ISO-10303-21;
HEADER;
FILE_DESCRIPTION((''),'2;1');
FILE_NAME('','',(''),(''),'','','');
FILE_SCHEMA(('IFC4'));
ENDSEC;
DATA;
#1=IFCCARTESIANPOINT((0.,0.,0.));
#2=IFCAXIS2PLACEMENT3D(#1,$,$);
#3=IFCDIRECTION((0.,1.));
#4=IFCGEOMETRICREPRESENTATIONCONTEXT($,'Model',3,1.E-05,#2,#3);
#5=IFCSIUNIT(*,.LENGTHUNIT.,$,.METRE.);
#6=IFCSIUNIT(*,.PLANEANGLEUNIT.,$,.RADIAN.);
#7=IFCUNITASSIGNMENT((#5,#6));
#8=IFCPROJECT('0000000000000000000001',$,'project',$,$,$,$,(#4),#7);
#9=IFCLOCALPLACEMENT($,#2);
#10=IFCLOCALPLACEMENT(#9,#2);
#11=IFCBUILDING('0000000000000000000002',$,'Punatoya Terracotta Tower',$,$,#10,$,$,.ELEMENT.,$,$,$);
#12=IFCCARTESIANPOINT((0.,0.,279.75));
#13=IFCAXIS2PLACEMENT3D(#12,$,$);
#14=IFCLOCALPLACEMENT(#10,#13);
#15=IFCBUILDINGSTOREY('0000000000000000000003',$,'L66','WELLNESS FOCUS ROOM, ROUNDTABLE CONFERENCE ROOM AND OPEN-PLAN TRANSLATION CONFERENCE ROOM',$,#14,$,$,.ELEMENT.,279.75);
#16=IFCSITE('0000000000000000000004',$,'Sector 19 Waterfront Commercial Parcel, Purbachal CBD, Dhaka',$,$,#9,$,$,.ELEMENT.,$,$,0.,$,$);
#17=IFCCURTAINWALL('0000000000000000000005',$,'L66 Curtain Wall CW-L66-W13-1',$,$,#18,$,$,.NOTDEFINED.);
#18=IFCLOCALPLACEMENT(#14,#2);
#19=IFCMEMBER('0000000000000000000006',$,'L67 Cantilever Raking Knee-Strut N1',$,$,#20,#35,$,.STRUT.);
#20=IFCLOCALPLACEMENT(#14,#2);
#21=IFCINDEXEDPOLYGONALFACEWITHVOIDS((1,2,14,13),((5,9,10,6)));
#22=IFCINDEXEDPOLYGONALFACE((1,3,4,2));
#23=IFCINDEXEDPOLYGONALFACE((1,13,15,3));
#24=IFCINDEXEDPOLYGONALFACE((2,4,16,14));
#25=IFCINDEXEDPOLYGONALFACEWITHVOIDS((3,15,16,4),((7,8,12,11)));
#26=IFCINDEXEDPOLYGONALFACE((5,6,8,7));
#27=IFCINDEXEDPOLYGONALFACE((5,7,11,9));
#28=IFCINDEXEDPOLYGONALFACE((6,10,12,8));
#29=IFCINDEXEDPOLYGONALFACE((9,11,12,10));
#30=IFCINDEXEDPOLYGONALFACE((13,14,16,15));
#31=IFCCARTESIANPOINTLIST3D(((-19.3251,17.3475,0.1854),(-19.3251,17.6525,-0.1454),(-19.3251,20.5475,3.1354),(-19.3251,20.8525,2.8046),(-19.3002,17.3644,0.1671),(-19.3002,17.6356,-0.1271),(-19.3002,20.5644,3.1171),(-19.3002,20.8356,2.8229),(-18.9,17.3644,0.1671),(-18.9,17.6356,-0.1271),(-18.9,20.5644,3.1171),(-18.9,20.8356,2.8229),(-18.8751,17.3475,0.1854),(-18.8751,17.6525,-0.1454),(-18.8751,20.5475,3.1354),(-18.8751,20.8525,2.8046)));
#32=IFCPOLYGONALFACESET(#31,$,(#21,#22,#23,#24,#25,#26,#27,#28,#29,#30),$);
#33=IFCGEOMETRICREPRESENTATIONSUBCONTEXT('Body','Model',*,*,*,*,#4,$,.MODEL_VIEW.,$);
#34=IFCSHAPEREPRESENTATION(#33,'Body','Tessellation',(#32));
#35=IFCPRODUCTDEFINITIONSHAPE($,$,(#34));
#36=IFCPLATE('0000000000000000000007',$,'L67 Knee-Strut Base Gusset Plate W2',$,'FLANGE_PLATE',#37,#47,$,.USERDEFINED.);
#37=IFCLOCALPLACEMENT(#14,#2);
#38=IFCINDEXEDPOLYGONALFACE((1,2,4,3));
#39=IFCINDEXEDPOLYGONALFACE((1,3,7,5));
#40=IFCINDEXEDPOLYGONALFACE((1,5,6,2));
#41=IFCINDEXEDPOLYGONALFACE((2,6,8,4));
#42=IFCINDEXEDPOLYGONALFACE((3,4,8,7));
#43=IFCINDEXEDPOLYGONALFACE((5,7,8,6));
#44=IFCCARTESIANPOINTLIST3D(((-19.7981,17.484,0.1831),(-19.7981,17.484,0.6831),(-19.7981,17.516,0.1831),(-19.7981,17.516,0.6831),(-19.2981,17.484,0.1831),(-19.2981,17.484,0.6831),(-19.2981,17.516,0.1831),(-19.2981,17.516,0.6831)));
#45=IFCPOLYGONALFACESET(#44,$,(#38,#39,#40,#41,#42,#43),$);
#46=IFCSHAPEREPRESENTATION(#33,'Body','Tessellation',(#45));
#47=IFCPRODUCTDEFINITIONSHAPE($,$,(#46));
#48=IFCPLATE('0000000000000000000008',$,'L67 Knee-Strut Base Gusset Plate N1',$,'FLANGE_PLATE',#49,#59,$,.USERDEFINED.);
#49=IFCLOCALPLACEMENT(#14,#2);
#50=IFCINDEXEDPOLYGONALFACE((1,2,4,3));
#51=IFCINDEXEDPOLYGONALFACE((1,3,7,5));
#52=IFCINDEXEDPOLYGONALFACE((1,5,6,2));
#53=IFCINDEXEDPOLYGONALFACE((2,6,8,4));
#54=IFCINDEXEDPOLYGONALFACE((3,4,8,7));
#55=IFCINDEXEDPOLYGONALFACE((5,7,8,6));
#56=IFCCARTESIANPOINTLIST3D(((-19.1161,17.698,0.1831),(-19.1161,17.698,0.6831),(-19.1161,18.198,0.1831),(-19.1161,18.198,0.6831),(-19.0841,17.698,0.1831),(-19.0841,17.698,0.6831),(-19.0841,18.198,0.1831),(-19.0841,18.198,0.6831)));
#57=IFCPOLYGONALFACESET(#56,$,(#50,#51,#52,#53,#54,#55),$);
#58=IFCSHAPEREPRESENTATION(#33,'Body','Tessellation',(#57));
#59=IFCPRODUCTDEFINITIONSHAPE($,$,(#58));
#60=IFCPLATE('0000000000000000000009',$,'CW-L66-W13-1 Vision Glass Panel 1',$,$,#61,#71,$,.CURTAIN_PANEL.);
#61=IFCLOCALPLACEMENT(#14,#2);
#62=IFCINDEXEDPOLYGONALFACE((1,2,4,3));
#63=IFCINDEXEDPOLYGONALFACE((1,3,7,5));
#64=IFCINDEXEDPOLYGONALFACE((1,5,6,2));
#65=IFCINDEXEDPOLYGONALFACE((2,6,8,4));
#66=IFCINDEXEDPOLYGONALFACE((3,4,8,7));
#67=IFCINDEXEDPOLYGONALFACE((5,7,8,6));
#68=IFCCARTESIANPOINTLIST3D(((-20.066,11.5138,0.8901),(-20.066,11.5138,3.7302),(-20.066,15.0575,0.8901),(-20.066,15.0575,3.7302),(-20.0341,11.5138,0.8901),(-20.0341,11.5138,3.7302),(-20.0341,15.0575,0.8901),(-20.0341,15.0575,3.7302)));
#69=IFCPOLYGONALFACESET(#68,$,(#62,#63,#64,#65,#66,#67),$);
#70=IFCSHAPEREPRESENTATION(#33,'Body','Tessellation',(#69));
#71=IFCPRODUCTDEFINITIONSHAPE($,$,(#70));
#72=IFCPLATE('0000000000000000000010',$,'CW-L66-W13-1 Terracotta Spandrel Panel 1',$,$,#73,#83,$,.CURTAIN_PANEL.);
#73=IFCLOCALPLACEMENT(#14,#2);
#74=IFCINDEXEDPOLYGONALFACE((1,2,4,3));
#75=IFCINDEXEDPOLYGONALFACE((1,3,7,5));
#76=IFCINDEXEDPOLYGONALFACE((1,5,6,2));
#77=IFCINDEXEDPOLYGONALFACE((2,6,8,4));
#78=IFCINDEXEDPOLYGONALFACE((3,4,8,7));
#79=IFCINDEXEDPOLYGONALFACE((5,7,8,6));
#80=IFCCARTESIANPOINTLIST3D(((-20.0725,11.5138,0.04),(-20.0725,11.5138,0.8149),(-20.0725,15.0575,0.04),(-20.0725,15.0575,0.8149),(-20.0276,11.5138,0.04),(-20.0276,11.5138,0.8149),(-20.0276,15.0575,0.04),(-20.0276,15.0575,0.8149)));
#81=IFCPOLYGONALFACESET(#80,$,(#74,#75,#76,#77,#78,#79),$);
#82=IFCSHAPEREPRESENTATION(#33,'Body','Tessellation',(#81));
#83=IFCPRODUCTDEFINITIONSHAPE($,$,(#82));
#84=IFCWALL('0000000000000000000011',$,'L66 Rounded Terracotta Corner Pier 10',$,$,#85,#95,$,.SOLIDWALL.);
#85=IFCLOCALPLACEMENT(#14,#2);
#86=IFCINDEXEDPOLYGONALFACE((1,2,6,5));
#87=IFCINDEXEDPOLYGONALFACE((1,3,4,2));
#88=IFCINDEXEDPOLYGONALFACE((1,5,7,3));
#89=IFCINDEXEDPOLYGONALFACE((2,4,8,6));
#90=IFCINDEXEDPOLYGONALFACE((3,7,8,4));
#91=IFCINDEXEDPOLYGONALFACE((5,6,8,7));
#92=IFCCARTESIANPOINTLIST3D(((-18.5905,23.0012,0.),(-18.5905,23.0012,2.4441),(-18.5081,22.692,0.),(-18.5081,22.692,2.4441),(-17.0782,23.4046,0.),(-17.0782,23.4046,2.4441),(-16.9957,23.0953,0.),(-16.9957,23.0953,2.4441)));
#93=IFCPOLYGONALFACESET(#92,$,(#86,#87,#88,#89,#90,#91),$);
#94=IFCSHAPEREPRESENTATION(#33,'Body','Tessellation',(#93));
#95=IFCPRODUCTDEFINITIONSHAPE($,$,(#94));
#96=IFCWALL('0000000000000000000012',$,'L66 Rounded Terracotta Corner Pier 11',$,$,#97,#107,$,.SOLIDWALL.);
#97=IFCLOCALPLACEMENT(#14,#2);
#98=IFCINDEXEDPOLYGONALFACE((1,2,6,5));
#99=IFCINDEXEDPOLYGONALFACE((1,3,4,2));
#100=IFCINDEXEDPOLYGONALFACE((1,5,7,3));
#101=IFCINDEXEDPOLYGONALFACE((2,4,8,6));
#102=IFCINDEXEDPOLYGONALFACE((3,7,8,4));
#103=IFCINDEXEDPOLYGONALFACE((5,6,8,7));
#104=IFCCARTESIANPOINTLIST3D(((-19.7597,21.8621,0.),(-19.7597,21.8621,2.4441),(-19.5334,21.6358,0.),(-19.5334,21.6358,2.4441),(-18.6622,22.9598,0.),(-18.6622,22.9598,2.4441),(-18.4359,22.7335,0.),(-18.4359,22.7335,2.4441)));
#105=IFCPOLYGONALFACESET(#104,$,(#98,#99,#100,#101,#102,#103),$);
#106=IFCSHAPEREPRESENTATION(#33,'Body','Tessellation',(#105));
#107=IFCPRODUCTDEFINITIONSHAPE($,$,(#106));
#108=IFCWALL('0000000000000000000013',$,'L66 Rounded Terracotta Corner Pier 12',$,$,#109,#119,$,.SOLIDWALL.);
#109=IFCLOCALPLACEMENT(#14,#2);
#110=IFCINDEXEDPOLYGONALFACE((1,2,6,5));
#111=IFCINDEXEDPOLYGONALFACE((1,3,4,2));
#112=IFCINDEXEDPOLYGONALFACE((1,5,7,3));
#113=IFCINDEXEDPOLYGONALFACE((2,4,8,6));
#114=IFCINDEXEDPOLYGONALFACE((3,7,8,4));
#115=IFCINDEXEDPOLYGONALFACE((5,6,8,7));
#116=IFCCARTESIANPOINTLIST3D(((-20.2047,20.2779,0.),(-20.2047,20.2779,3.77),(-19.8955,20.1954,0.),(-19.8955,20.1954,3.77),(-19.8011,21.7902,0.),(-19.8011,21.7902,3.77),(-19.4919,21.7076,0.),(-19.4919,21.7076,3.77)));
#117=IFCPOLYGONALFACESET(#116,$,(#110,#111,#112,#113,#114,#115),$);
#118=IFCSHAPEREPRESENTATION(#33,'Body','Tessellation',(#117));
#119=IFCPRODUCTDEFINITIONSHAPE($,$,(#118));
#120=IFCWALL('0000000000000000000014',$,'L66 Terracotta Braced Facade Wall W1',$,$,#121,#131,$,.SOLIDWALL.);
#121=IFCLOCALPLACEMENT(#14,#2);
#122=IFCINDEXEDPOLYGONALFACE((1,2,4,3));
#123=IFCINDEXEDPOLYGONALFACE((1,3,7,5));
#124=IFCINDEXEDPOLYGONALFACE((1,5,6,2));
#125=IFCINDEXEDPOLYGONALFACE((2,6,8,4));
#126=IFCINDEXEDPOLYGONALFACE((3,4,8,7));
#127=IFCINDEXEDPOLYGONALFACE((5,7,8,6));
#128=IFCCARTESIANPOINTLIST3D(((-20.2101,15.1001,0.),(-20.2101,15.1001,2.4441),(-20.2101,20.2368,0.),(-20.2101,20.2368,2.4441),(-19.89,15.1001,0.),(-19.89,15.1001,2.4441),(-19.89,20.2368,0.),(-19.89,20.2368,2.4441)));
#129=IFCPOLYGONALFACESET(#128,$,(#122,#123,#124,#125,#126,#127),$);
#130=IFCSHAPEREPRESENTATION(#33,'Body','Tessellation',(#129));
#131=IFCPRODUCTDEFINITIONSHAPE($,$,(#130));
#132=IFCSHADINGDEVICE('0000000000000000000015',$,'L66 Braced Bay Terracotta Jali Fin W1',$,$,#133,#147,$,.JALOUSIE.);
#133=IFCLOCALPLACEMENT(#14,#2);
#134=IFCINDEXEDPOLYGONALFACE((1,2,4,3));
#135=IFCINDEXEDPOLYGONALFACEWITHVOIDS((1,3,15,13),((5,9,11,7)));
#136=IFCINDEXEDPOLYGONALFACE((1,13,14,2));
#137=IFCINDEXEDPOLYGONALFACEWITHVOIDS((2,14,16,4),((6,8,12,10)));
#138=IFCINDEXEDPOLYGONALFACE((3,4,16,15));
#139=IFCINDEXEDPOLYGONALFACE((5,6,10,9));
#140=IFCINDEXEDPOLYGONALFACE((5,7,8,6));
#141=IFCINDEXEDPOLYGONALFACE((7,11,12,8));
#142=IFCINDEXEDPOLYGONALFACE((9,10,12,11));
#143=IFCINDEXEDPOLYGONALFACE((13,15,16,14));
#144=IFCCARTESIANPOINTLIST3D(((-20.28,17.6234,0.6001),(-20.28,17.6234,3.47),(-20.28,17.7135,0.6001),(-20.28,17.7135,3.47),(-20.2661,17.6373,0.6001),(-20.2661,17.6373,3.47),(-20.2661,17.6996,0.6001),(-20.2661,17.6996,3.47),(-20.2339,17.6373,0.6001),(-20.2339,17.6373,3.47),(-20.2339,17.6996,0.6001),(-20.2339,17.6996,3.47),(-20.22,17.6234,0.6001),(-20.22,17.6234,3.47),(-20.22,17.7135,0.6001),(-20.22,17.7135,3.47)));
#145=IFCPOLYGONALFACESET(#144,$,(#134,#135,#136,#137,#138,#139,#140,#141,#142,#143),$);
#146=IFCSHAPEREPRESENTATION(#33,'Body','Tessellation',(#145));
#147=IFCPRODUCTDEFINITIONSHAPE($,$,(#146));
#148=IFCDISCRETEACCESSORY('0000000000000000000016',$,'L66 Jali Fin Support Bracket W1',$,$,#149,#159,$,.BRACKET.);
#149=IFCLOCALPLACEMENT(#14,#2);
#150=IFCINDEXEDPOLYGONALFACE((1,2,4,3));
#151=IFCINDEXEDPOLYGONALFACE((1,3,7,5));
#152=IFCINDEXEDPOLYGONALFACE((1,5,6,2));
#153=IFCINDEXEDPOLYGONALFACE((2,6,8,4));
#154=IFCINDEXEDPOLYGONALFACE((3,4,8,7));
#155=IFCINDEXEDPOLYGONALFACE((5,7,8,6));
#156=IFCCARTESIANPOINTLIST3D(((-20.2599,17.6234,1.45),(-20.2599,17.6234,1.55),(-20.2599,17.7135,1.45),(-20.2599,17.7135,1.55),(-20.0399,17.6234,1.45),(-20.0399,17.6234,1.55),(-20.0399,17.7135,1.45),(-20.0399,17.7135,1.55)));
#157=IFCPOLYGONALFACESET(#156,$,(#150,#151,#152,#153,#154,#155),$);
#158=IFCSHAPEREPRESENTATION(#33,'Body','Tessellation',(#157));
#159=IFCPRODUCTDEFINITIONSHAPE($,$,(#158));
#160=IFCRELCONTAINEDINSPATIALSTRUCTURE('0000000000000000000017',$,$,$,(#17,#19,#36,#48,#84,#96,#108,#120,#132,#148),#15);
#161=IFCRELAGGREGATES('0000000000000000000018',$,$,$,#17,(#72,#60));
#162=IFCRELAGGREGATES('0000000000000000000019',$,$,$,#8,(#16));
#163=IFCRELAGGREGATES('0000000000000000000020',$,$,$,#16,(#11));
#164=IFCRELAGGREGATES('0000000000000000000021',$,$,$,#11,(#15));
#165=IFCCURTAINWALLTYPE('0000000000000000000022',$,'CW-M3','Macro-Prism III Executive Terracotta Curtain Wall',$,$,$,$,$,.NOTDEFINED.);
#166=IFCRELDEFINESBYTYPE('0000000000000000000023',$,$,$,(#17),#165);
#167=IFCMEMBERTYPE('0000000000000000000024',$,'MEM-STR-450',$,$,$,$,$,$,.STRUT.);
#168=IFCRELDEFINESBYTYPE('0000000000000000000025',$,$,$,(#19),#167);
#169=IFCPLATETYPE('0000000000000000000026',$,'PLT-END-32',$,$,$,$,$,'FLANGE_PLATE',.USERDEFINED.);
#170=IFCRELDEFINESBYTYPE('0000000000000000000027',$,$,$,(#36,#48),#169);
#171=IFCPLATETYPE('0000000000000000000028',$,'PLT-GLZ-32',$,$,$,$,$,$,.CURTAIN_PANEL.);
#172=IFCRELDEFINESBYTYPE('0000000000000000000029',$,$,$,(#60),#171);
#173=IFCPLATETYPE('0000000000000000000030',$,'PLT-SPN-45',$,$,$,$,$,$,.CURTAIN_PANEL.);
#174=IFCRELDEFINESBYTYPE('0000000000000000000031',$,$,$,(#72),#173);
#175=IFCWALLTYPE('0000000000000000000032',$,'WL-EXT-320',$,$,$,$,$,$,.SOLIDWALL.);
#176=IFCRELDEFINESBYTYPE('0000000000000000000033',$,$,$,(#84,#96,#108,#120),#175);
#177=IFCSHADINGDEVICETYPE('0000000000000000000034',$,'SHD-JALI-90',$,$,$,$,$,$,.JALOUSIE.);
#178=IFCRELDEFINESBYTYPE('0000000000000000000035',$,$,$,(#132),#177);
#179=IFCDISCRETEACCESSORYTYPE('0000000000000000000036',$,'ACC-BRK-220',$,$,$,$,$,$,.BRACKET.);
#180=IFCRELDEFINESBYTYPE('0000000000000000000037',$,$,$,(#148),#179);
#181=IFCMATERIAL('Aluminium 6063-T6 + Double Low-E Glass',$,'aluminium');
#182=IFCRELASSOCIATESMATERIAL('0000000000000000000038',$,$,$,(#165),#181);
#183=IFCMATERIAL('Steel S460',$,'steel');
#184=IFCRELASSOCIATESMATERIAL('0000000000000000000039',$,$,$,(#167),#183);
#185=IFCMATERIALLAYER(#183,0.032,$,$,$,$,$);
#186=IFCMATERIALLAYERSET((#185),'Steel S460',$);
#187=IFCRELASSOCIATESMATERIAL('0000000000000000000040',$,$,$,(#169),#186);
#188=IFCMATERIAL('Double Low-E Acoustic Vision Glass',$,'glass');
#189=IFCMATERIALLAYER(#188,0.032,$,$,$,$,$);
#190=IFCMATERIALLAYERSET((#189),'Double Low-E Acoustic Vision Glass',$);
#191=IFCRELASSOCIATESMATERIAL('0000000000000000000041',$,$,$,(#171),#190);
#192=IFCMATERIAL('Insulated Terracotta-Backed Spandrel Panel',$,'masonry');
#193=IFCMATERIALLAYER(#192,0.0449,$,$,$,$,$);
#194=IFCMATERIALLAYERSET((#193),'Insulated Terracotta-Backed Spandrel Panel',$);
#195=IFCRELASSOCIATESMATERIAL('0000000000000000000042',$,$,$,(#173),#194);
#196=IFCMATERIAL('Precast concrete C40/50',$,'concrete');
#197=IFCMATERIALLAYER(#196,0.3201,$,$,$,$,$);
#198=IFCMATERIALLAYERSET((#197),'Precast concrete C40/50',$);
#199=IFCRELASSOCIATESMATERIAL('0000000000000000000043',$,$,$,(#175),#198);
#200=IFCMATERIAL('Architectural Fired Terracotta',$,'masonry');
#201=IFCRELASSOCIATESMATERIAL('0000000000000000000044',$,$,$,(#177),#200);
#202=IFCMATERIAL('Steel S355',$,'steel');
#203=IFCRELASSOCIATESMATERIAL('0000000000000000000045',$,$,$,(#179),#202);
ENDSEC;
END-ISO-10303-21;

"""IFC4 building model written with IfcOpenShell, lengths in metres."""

from ifc_helpers import new_model, si_unit, direction, frame, frame_2d, origin, origin_2d, place, context, subcontext, project, spatial, rectangle, hollow_rectangle, extrude, material, layer, layer_set, material_profile, profile_set, type_object, element, aggregate, save


model = new_model("IFC4")

# Units and contexts
model_context = context("Model", 3, precision=1e-05, world=origin(), true_north=direction((0.0, 1.0)))
body_context = subcontext(model_context, "Body", "Model", "MODEL_VIEW")
ifc_project = project(units=[si_unit("LENGTHUNIT", "METRE"), si_unit("PLANEANGLEUNIT", "RADIAN")], contexts=[model_context])

# Site, building, storey
site_placement = place(None, origin())
site = spatial("IfcSite", under=ifc_project, at=site_placement, Name="Sector 19 Waterfront Commercial Parcel, Purbachal CBD, Dhaka", CompositionType="ELEMENT", RefElevation=0.0)
building_placement = place(site_placement, origin())
building = spatial("IfcBuilding", under=site, at=building_placement, Name="Punatoya Terracotta Tower", CompositionType="ELEMENT")
storey_placement = place(building_placement, frame((0.0, 0.0, 279.75)))
storey = spatial("IfcBuildingStorey", under=building, at=storey_placement, Name="L66", Description="WELLNESS FOCUS ROOM, ROUNDTABLE CONFERENCE ROOM AND OPEN-PLAN TRANSLATION CONFERENCE ROOM", CompositionType="ELEMENT", Elevation=279.75)

# Shared definitions
ifc_material_1 = material(Name="Steel S460", Category="steel")

# Shared definitions
ifc_material_2 = material(Name="Steel S355", Category="steel")

# Curtain wall
ifc_material_3 = material(Name="Aluminium 6063-T6 + Double Low-E Glass", Category="aluminium")
curtain_wall_type = type_object("IfcCurtainWallType", Name="CW-M3", Description="Macro-Prism III Executive Terracotta Curtain Wall", PredefinedType="NOTDEFINED", material=ifc_material_3)
curtain_wall_placement = place(storey_placement, origin())
curtain_wall = element("IfcCurtainWall", 1, at=curtain_wall_placement, inside=storey, type_object=curtain_wall_type, Name="L66 Curtain Wall CW-L66-W13-1", PredefinedType="NOTDEFINED")

# Member
ifc_material_profile_1 = material_profile(ifc_material_1, hollow_rectangle(XDim=0.45, YDim=0.45, WallThickness=0.0249, at=origin_2d()))
ifc_profile_set_1 = profile_set([ifc_material_profile_1], Name="Steel S460")
member_type_1 = type_object("IfcMemberType", Name="MEM-STR-450", PredefinedType="STRUT", material=ifc_profile_set_1)
for number, where, z_axis, x_axis, name in (
    (2, (-19.1001, 17.5, 0.02), (0.0, 0.735244, 0.677802), (-1.0, 0.0, 0.0), "L67 Cantilever Raking Knee-Strut N1"),
):
    element("IfcMember", number, at=place(storey_placement, frame(where, z_axis=z_axis, x_axis=x_axis)), inside=storey, type_object=member_type_1, Name=name, PredefinedType="STRUT", context=body_context, shape_type="SweptSolid", body=[
        extrude(hollow_rectangle(XDim=0.45, YDim=0.45, WallThickness=0.0249, at=origin_2d()), origin(), (0.0, 0.0, 1.0), 4.3523),
    ])

# Plates
ifc_layer_1 = layer(ifc_material_1, 0.032)
ifc_layer_set_1 = layer_set([ifc_layer_1], Name="Steel S460")
plate_type_1 = type_object("IfcPlateType", Name="PLT-END-32", ElementType="FLANGE_PLATE", PredefinedType="USERDEFINED", material=ifc_layer_set_1)
for number, where, z_axis, x_axis, name in (
    (3, (-19.5481, 17.5, 0.1831), (0.0, 0.0, 1.0), (1.0, 0.0, 0.0), "L67 Knee-Strut Base Gusset Plate W2"),
    (4, (-19.1001, 17.948, 0.1831), (0.0, 0.0, 1.0), (0.0, 1.0, 0.0), "L67 Knee-Strut Base Gusset Plate N1"),
):
    element("IfcPlate", number, at=place(storey_placement, frame(where, z_axis=z_axis, x_axis=x_axis)), inside=storey, type_object=plate_type_1, Name=name, ObjectType="FLANGE_PLATE", PredefinedType="USERDEFINED", context=body_context, shape_type="SweptSolid", body=[
        extrude(rectangle(XDim=0.5, YDim=0.032, at=origin_2d()), origin(), (0.0, 0.0, 1.0), 0.5),
    ])

# Plates
ifc_material_4 = material(Name="Double Low-E Acoustic Vision Glass", Category="glass")
ifc_layer_2 = layer(ifc_material_4, 0.032)
ifc_layer_set_2 = layer_set([ifc_layer_2], Name="Double Low-E Acoustic Vision Glass")
plate_type_2 = type_object("IfcPlateType", Name="PLT-GLZ-32", PredefinedType="CURTAIN_PANEL", material=ifc_layer_set_2)
plate_1_placement = place(storey_placement, frame((-20.05, 13.2856, 0.8901), z_axis=(0.0, 0.0, 1.0), x_axis=(0.0, -1.0, 0.0)))
plate_1 = element("IfcPlate", 5, at=plate_1_placement, type_object=plate_type_2, Name="CW-L66-W13-1 Vision Glass Panel 1", PredefinedType="CURTAIN_PANEL", context=body_context, shape_type="SweptSolid", body=[
    extrude(rectangle(XDim=3.5437, YDim=0.032, at=origin_2d()), origin(), (0.0, 0.0, 1.0), 2.8401),
])
ifc_material_5 = material(Name="Insulated Terracotta-Backed Spandrel Panel", Category="masonry")
ifc_layer_3 = layer(ifc_material_5, 0.0449)
ifc_layer_set_3 = layer_set([ifc_layer_3], Name="Insulated Terracotta-Backed Spandrel Panel")
plate_type_3 = type_object("IfcPlateType", Name="PLT-SPN-45", PredefinedType="CURTAIN_PANEL", material=ifc_layer_set_3)
plate_2_placement = place(storey_placement, frame((-20.05, 13.2856, 0.04), z_axis=(0.0, 0.0, 1.0), x_axis=(0.0, -1.0, 0.0)))
plate_2 = element("IfcPlate", 6, at=plate_2_placement, type_object=plate_type_3, Name="CW-L66-W13-1 Terracotta Spandrel Panel 1", PredefinedType="CURTAIN_PANEL", context=body_context, shape_type="SweptSolid", body=[
    extrude(rectangle(XDim=3.5437, YDim=0.0449, at=origin_2d()), origin(), (0.0, 0.0, 1.0), 0.7749),
])
aggregate(curtain_wall, [plate_2, plate_1])

# Walls
ifc_material_6 = material(Name="Precast concrete C40/50", Category="concrete")
ifc_layer_4 = layer(ifc_material_6, 0.3201)
ifc_layer_set_4 = layer_set([ifc_layer_4], Name="Precast concrete C40/50")
wall_type = type_object("IfcWallType", Name="WL-EXT-320", PredefinedType="SOLIDWALL", material=ifc_layer_set_4)
wall_1_placement = place(storey_placement, frame((-17.0369, 23.25, 0.0), z_axis=(0.0, 0.0, 1.0), x_axis=(-0.966225, -0.257701, 0.0)))
element("IfcWall", 7, at=wall_1_placement, inside=storey, type_object=wall_type, Name="L66 Rounded Terracotta Corner Pier 10", PredefinedType="SOLIDWALL", context=body_context, shape_type="SweptSolid", body=[
    extrude(rectangle(XDim=1.5652, YDim=0.3201, at=frame_2d((0.7827, 0.0))), origin(), (0.0, 0.0, 1.0), 2.4441),
])
wall_2_placement = place(storey_placement, frame((-18.5491, 22.8467, 0.0), z_axis=(0.0, 0.0, 1.0), x_axis=(-0.707028, -0.707185, 0.0)))
element("IfcWall", 8, at=wall_2_placement, inside=storey, type_object=wall_type, Name="L66 Rounded Terracotta Corner Pier 11", PredefinedType="SOLIDWALL", context=body_context, shape_type="SweptSolid", body=[
    extrude(rectangle(XDim=1.5522, YDim=0.3201, at=frame_2d((0.7761, 0.0))), origin(), (0.0, 0.0, 1.0), 2.4441),
])
wall_3_placement = place(storey_placement, frame((-19.6465, 21.749, 0.0), z_axis=(0.0, 0.0, 1.0), x_axis=(-0.257847, -0.966186, 0.0)))
element("IfcWall", 9, at=wall_3_placement, inside=storey, type_object=wall_type, Name="L66 Rounded Terracotta Corner Pier 12", PredefinedType="SOLIDWALL", context=body_context, shape_type="SweptSolid", body=[
    extrude(rectangle(XDim=1.5652, YDim=0.3201, at=frame_2d((0.7827, 0.0))), origin(), (0.0, 0.0, 1.0), 3.77),
])
wall_4_placement = place(storey_placement, frame((-20.05, 20.2368, 0.0), z_axis=(0.0, 0.0, 1.0), x_axis=(0.0, -1.0, 0.0)))
element("IfcWall", 10, at=wall_4_placement, inside=storey, type_object=wall_type, Name="L66 Terracotta Braced Facade Wall W1", PredefinedType="SOLIDWALL", context=body_context, shape_type="SweptSolid", body=[
    extrude(rectangle(XDim=5.1367, YDim=0.3201, at=frame_2d((2.5684, 0.0))), origin(), (0.0, 0.0, 1.0), 2.4441),
])

# Shading device
ifc_material_7 = material(Name="Architectural Fired Terracotta", Category="masonry")
ifc_material_profile_2 = material_profile(ifc_material_7, hollow_rectangle(XDim=0.0601, YDim=0.0901, WallThickness=0.0139, at=origin_2d()))
ifc_profile_set_2 = profile_set([ifc_material_profile_2], Name="Architectural Fired Terracotta")
shading_device_type = type_object("IfcShadingDeviceType", Name="SHD-JALI-90", PredefinedType="JALOUSIE", material=ifc_profile_set_2)
shading_device_placement = place(storey_placement, frame((-20.25, 17.6685, 0.6001), z_axis=(0.0, 0.0, 1.0), x_axis=(1.0, 0.0, 0.0)))
element("IfcShadingDevice", 11, at=shading_device_placement, inside=storey, type_object=shading_device_type, Name="L66 Braced Bay Terracotta Jali Fin W1", PredefinedType="JALOUSIE", context=body_context, shape_type="SweptSolid", body=[
    extrude(hollow_rectangle(XDim=0.0601, YDim=0.0901, WallThickness=0.0139, at=origin_2d()), origin(), (0.0, 0.0, 1.0), 2.8699),
])

# Discrete accessory
discrete_accessory_type = type_object("IfcDiscreteAccessoryType", Name="ACC-BRK-220", PredefinedType="BRACKET", material=ifc_material_2)
discrete_accessory_placement = place(storey_placement, frame((-20.1499, 17.6685, 1.45), z_axis=(0.0, 0.0, 1.0), x_axis=(0.0, -1.0, 0.0)))
element("IfcDiscreteAccessory", 12, at=discrete_accessory_placement, inside=storey, type_object=discrete_accessory_type, Name="L66 Jali Fin Support Bracket W1", PredefinedType="BRACKET", context=body_context, shape_type="SweptSolid", body=[
    extrude(rectangle(XDim=0.0901, YDim=0.22, at=origin_2d()), origin(), (0.0, 0.0, 1.0), 0.1001),
])

save(model, "model.ifc")
